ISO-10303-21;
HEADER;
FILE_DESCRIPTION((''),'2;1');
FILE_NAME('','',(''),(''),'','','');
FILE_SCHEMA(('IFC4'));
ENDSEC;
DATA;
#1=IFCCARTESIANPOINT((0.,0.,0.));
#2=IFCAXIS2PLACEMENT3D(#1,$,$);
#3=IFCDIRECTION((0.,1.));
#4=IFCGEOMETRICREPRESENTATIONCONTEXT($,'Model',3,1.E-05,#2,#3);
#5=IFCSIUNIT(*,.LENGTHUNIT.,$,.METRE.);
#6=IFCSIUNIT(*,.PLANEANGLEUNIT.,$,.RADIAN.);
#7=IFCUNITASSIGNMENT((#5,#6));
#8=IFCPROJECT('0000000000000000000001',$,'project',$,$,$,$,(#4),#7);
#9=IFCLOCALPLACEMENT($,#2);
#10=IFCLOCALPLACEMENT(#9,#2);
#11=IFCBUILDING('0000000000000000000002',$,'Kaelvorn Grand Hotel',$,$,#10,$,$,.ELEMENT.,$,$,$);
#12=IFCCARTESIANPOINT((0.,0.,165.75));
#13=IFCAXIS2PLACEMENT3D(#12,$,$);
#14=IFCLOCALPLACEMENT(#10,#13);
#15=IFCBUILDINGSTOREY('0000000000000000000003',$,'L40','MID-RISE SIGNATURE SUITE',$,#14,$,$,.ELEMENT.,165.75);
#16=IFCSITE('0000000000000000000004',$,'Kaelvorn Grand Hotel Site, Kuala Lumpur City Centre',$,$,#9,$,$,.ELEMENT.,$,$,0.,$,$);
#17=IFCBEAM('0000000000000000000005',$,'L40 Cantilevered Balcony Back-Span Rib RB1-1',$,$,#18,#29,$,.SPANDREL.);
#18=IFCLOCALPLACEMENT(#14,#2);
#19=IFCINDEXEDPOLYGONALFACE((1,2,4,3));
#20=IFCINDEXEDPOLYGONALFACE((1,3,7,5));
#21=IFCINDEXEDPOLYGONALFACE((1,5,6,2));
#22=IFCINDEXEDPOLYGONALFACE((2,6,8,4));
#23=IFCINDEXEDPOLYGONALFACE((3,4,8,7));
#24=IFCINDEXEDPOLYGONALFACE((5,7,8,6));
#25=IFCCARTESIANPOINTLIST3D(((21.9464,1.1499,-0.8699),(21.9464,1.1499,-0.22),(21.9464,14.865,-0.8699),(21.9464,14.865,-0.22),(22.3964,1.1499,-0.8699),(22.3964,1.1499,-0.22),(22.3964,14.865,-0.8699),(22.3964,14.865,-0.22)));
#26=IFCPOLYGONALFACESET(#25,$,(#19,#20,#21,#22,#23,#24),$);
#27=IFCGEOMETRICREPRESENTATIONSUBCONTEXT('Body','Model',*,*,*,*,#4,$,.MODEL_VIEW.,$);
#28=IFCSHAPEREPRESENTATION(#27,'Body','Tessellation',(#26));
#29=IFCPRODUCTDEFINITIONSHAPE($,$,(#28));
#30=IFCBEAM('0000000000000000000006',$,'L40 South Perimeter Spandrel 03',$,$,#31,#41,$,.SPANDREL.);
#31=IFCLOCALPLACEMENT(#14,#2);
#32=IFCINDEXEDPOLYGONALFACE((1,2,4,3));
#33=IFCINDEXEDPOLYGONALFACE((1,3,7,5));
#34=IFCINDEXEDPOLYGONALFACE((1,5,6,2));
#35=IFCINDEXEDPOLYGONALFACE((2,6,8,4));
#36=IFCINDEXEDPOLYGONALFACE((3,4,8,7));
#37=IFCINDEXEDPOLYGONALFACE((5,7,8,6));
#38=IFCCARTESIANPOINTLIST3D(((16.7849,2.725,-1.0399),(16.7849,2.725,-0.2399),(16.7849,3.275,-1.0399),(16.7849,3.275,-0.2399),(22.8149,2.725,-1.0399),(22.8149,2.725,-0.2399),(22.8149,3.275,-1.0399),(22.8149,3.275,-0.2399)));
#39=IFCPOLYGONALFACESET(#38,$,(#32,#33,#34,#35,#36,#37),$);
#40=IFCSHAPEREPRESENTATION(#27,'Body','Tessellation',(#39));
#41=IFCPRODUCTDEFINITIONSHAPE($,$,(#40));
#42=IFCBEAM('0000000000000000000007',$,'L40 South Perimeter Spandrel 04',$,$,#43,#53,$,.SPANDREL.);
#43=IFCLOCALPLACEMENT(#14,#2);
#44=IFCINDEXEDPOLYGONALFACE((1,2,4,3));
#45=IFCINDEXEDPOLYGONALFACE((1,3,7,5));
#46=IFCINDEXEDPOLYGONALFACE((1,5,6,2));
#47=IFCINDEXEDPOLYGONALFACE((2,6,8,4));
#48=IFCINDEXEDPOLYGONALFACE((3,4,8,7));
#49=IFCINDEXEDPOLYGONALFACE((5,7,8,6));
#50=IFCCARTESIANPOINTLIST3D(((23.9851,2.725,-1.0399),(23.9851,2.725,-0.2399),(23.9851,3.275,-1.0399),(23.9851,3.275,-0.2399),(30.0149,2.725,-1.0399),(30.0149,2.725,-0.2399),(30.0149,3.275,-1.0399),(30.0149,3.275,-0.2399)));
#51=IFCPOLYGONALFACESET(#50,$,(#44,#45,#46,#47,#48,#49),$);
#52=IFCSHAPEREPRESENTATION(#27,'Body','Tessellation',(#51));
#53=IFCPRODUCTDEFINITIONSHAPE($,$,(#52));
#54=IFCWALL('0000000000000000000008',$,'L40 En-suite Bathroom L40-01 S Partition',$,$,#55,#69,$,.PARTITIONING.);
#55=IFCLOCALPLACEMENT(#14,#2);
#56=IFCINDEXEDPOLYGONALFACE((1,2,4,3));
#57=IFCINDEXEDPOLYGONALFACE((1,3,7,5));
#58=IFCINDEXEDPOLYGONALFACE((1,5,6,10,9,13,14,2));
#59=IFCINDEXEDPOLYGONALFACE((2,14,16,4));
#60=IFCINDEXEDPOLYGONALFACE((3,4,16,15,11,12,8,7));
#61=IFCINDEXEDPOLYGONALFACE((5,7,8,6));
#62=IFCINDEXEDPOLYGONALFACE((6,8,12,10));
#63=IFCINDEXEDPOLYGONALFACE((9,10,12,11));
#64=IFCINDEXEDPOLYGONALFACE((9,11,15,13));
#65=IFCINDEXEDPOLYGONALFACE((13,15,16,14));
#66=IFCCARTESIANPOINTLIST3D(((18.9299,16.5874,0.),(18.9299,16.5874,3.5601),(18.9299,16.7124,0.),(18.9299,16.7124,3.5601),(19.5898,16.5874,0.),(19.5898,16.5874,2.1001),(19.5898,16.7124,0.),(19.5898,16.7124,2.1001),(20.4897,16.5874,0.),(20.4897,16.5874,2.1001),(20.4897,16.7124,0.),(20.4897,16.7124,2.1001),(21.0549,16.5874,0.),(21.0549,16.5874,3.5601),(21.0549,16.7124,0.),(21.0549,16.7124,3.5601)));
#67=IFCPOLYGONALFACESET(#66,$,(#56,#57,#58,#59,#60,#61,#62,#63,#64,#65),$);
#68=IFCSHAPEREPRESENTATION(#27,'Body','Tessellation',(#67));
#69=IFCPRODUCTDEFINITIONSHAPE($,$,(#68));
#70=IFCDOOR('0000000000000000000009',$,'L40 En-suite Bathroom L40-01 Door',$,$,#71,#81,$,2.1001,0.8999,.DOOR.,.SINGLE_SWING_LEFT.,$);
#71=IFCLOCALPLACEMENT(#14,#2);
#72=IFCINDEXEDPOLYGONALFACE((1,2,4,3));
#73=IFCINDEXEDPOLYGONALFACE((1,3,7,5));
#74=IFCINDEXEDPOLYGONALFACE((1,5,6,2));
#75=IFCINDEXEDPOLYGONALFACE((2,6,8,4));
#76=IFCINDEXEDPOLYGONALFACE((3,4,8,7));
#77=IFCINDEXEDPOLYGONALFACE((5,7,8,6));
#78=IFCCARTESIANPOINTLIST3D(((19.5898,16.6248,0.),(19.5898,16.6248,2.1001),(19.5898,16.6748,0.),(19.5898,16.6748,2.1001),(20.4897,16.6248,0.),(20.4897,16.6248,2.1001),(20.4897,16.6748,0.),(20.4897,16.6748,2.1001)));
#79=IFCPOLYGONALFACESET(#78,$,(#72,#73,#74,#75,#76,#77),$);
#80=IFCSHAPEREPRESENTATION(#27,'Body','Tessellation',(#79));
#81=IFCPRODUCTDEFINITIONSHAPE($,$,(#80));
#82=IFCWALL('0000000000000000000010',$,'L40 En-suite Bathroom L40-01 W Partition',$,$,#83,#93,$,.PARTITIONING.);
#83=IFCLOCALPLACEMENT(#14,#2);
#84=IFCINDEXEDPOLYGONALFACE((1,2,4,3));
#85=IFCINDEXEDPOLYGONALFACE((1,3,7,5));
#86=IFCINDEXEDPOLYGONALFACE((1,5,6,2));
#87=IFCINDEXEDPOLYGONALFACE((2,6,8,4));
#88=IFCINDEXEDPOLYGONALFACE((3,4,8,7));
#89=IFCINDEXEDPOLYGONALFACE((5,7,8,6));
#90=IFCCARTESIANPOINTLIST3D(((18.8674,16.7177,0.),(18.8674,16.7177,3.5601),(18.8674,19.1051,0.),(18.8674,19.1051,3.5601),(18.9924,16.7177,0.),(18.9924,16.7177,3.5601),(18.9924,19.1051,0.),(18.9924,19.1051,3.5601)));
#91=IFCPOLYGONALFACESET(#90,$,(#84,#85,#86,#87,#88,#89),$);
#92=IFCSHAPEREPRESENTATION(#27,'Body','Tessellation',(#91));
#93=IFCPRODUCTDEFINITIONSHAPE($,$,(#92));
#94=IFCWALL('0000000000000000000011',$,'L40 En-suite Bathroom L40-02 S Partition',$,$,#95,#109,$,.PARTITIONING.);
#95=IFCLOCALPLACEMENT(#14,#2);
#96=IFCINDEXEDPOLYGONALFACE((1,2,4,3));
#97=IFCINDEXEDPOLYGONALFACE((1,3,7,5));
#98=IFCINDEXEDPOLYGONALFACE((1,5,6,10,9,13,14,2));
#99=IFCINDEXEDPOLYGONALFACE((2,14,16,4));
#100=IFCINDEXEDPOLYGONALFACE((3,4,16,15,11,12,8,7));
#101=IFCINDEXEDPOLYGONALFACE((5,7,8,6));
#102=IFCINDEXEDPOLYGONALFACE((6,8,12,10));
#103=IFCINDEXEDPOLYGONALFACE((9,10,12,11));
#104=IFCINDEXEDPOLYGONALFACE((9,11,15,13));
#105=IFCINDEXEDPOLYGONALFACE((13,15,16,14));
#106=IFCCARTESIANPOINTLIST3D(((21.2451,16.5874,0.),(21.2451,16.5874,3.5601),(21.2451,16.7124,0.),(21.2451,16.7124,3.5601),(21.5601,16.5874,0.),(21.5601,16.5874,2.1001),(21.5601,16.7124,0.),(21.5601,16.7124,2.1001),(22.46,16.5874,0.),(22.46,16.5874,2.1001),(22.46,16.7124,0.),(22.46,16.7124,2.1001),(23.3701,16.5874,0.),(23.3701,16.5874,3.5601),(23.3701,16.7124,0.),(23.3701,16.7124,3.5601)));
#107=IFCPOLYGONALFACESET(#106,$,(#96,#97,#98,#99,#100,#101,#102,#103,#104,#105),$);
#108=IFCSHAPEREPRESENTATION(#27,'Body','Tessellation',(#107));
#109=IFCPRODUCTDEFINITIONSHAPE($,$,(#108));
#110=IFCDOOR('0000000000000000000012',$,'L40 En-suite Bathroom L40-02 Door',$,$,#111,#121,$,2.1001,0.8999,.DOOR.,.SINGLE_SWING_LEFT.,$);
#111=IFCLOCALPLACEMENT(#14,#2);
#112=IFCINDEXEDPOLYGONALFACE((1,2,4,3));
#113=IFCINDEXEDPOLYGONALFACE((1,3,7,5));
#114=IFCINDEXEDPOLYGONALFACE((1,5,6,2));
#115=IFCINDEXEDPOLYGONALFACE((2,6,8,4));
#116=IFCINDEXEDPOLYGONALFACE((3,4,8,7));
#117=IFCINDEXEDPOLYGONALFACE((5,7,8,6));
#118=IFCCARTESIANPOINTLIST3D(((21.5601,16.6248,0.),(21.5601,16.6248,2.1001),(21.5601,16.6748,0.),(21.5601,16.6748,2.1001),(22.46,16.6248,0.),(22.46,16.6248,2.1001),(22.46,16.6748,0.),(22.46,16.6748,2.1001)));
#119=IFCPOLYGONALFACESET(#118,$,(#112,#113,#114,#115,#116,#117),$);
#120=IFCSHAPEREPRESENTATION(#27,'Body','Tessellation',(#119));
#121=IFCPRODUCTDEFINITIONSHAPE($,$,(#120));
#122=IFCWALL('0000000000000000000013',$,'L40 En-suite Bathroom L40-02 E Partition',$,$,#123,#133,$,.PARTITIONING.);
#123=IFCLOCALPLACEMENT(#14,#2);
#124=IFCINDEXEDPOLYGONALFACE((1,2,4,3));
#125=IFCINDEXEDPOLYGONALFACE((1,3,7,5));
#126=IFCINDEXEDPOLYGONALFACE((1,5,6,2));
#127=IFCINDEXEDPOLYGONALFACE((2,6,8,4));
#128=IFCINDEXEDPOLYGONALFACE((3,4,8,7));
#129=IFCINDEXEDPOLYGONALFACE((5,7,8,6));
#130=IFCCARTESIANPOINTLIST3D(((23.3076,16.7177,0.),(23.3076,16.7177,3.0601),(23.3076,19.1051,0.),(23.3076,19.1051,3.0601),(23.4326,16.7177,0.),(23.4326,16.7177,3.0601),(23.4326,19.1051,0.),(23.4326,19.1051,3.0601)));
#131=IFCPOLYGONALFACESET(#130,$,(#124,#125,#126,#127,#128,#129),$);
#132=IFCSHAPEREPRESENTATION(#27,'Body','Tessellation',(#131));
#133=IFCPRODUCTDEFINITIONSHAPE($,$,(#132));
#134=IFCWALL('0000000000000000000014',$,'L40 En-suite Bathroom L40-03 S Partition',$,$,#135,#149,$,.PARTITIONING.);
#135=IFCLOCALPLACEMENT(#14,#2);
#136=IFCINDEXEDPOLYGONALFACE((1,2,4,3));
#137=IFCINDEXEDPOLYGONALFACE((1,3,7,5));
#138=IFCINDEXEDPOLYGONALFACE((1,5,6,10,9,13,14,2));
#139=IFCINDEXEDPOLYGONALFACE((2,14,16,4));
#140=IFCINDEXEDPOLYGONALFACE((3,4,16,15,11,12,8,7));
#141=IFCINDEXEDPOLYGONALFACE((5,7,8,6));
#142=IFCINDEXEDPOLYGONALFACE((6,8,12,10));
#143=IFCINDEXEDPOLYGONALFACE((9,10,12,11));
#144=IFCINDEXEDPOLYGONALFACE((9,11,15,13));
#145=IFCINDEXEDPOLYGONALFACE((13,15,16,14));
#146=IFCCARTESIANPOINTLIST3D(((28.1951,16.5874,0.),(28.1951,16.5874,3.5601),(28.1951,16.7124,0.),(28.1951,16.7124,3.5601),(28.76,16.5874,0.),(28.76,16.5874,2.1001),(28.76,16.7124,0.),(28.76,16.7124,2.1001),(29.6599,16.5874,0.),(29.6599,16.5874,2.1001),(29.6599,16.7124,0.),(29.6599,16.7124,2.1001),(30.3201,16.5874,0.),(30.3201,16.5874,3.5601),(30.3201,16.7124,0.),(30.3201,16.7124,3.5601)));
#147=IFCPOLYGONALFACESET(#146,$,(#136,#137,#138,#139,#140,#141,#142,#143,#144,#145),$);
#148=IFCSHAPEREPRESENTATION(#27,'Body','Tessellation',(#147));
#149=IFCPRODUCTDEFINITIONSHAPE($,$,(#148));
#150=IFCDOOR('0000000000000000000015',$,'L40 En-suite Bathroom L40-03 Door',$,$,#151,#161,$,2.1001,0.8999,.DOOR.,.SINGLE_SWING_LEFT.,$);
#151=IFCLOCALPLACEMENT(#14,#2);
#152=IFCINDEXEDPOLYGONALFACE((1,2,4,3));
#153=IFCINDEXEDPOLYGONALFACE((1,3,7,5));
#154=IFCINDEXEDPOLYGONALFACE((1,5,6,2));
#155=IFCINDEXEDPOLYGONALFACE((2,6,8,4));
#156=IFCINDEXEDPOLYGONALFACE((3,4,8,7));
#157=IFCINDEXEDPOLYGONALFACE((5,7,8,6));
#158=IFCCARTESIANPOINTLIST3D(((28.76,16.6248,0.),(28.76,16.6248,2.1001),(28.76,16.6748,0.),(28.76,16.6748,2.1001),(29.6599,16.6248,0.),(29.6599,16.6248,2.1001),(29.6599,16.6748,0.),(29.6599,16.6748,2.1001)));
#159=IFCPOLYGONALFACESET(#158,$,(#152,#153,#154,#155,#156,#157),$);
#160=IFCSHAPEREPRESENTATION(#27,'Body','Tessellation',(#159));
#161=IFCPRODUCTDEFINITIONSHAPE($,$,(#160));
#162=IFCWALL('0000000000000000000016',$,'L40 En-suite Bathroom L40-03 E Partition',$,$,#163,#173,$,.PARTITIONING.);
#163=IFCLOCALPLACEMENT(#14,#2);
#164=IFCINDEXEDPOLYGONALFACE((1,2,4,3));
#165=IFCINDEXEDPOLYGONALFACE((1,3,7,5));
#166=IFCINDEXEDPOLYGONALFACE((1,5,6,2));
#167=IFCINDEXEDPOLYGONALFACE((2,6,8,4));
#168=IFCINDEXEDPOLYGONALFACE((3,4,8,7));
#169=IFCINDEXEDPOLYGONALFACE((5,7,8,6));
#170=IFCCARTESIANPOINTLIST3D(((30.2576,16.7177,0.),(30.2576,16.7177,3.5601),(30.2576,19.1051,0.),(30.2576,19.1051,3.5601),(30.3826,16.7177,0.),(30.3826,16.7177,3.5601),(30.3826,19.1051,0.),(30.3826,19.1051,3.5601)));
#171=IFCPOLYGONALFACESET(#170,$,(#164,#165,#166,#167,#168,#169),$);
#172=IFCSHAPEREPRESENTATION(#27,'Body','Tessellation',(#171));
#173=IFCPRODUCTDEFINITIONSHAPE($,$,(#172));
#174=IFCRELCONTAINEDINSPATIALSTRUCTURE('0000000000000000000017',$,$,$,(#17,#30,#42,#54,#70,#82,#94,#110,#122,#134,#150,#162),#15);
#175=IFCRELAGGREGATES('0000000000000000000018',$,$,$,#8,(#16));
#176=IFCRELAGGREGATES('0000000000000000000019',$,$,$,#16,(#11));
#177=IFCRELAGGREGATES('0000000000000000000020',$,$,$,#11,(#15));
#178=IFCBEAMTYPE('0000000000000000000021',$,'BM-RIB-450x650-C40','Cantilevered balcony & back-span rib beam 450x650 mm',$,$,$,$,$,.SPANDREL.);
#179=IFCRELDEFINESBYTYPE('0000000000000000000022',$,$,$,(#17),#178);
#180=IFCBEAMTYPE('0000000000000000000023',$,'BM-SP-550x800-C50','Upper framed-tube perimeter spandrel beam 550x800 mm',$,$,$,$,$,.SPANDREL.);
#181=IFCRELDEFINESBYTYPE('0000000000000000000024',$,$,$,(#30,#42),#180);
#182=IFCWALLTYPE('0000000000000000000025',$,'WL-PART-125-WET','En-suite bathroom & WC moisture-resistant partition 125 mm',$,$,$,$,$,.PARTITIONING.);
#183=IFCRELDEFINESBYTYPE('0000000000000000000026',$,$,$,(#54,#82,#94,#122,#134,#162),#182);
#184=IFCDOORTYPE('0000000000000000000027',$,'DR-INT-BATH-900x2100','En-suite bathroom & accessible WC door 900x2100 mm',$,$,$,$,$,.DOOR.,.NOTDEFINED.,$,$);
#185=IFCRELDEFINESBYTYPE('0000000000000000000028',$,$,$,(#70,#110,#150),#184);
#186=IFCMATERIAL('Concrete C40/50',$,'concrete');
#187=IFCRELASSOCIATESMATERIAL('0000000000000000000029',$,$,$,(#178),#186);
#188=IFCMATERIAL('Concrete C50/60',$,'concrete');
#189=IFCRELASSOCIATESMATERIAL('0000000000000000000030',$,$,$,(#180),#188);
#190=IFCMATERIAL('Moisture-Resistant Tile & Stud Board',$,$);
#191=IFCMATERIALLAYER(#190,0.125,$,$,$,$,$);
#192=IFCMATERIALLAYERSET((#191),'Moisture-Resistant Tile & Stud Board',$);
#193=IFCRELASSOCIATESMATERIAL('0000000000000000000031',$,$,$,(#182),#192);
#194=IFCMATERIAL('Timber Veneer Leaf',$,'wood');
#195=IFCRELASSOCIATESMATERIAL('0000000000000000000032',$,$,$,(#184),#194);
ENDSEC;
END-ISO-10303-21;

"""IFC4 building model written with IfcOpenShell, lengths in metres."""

from ifc_helpers import new_model, si_unit, direction, frame, frame_2d, origin, origin_2d, place, context, subcontext, project, spatial, rectangle, extrude, material, layer, layer_set, material_profile, profile_set, type_object, element, fill, save


model = new_model("IFC4")

# Units and contexts
model_context = context("Model", 3, precision=1e-05, world=origin(), true_north=direction((0.0, 1.0)))
body_context = subcontext(model_context, "Body", "Model", "MODEL_VIEW")
ifc_project = project(units=[si_unit("LENGTHUNIT", "METRE"), si_unit("PLANEANGLEUNIT", "RADIAN")], contexts=[model_context])

# Site, building, storey
site_placement = place(None, origin())
site = spatial("IfcSite", under=ifc_project, at=site_placement, Name="Kaelvorn Grand Hotel Site, Kuala Lumpur City Centre", CompositionType="ELEMENT", RefElevation=0.0)
building_placement = place(site_placement, origin())
building = spatial("IfcBuilding", under=site, at=building_placement, Name="Kaelvorn Grand Hotel", CompositionType="ELEMENT")
storey_placement = place(building_placement, frame((0.0, 0.0, 165.75)))
storey = spatial("IfcBuildingStorey", under=building, at=storey_placement, Name="L40", Description="MID-RISE SIGNATURE SUITE", CompositionType="ELEMENT", Elevation=165.75)

# Beams
ifc_material_1 = material(Name="Concrete C40/50", Category="concrete")
ifc_material_profile_1 = material_profile(ifc_material_1, rectangle(XDim=0.45, YDim=0.6499, at=origin_2d()), Name="RC RIB 450x650")
ifc_profile_set_1 = profile_set([ifc_material_profile_1], Name="Concrete C40/50")
beam_type_1 = type_object("IfcBeamType", Name="BM-RIB-450x650-C40", Description="Cantilevered balcony & back-span rib beam 450x650 mm", PredefinedType="SPANDREL", material=ifc_profile_set_1)
beam_1_placement = place(storey_placement, frame((22.1714, 1.1499, -0.5449), z_axis=(0.0, 1.0, 0.0), x_axis=(-1.0, 0.0, 0.0)))
element("IfcBeam", 1, at=beam_1_placement, inside=storey, type_object=beam_type_1, Name="L40 Cantilevered Balcony Back-Span Rib RB1-1", PredefinedType="SPANDREL", context=body_context, shape_type="SweptSolid", body=[
    extrude(rectangle(XDim=0.45, YDim=0.6499, at=origin_2d()), origin(), (0.0, 0.0, 1.0), 13.7151),
])
ifc_material_2 = material(Name="Concrete C50/60", Category="concrete")
ifc_material_profile_2 = material_profile(ifc_material_2, rectangle(XDim=0.55, YDim=0.8, at=origin_2d()), Name="RC SPANDREL 550x800")
ifc_profile_set_2 = profile_set([ifc_material_profile_2], Name="Concrete C50/60")
beam_type_2 = type_object("IfcBeamType", Name="BM-SP-550x800-C50", Description="Upper framed-tube perimeter spandrel beam 550x800 mm", PredefinedType="SPANDREL", material=ifc_profile_set_2)
beam_2_placement = place(storey_placement, frame((16.7849, 3.0, -0.6399), z_axis=(1.0, 0.0, 0.0), x_axis=(0.0, 1.0, 0.0)))
element("IfcBeam", 2, at=beam_2_placement, inside=storey, type_object=beam_type_2, Name="L40 South Perimeter Spandrel 03", PredefinedType="SPANDREL", context=body_context, shape_type="SweptSolid", body=[
    extrude(rectangle(XDim=0.55, YDim=0.8, at=origin_2d()), origin(), (0.0, 0.0, 1.0), 6.03),
])
beam_3_placement = place(storey_placement, frame((23.9851, 3.0, -0.6399), z_axis=(1.0, 0.0, 0.0), x_axis=(0.0, 1.0, 0.0)))
element("IfcBeam", 3, at=beam_3_placement, inside=storey, type_object=beam_type_2, Name="L40 South Perimeter Spandrel 04", PredefinedType="SPANDREL", context=body_context, shape_type="SweptSolid", body=[
    extrude(rectangle(XDim=0.55, YDim=0.8, at=origin_2d()), origin(), (0.0, 0.0, 1.0), 6.0298),
])

# Wall, opening, door
ifc_material_3 = material(Name="Moisture-Resistant Tile & Stud Board")
ifc_layer_1 = layer(ifc_material_3, 0.125)
ifc_layer_set_1 = layer_set([ifc_layer_1], Name="Moisture-Resistant Tile & Stud Board")
wall_type_1 = type_object("IfcWallType", Name="WL-PART-125-WET", Description="En-suite bathroom & WC moisture-resistant partition 125 mm", PredefinedType="PARTITIONING", material=ifc_layer_set_1)
wall_1_placement = place(storey_placement, frame((18.9299, 16.6499, 0.0), z_axis=(0.0, 0.0, 1.0), x_axis=(1.0, 0.0, 0.0)))
wall_1 = element("IfcWall", 4, at=wall_1_placement, inside=storey, type_object=wall_type_1, Name="L40 En-suite Bathroom L40-01 S Partition", PredefinedType="PARTITIONING", context=body_context, shape_type="SweptSolid", body=[
    extrude(rectangle(XDim=2.125, YDim=0.125, at=frame_2d((1.0625, 0.0))), origin(), (0.0, 0.0, 1.0), 3.5601),
])
opening_1_placement = place(wall_1_placement, frame((0.6599, 0.0, 0.0)))
opening_1 = element("IfcOpeningElement", 5, at=opening_1_placement, cuts=wall_1, PredefinedType="OPENING", context=body_context, shape_type="SweptSolid", body=[
    extrude(rectangle(XDim=0.8999, YDim=2.1001, at=frame_2d((0.45, 1.05))), frame((0.0, 0.0725, 0.0), z_axis=(0.0, -1.0, 0.0), x_axis=(1.0, 0.0, 0.0)), (0.0, 0.0, 1.0), 0.145),
])
ifc_material_4 = material(Name="Timber Veneer Leaf", Category="wood")
door_type_1 = type_object("IfcDoorType", Name="DR-INT-BATH-900x2100", Description="En-suite bathroom & accessible WC door 900x2100 mm", OperationType="NOTDEFINED", PredefinedType="DOOR", material=ifc_material_4)
door_1_placement = place(opening_1_placement, origin())
door_1 = element("IfcDoor", 6, at=door_1_placement, inside=storey, type_object=door_type_1, Name="L40 En-suite Bathroom L40-01 Door", OperationType="SINGLE_SWING_LEFT", OverallHeight=2.1001, OverallWidth=0.8999, PredefinedType="DOOR", context=body_context, shape_type="SweptSolid", body=[
    extrude(rectangle(XDim=0.8999, YDim=2.1001, at=frame_2d((0.45, 1.05))), frame((0.0, 0.0249, 0.0), z_axis=(0.0, -1.0, 0.0), x_axis=(1.0, 0.0, 0.0)), (0.0, 0.0, 1.0), 0.05),
])
fill(opening_1, door_1)

# Wall
wall_2_placement = place(storey_placement, frame((18.9299, 16.7175, 0.0), z_axis=(0.0, 0.0, 1.0), x_axis=(0.0, 1.0, 0.0)))
element("IfcWall", 7, at=wall_2_placement, inside=storey, type_object=wall_type_1, Name="L40 En-suite Bathroom L40-01 W Partition", PredefinedType="PARTITIONING", context=body_context, shape_type="SweptSolid", body=[
    extrude(rectangle(XDim=2.3875, YDim=0.125, at=frame_2d((1.1938, 0.0))), origin(), (0.0, 0.0, 1.0), 3.5601),
])

# Wall, opening, door
wall_3_placement = place(storey_placement, frame((21.2451, 16.6499, 0.0), z_axis=(0.0, 0.0, 1.0), x_axis=(1.0, 0.0, 0.0)))
wall_3 = element("IfcWall", 8, at=wall_3_placement, inside=storey, type_object=wall_type_1, Name="L40 En-suite Bathroom L40-02 S Partition", PredefinedType="PARTITIONING", context=body_context, shape_type="SweptSolid", body=[
    extrude(rectangle(XDim=2.125, YDim=0.125, at=frame_2d((1.0625, 0.0))), origin(), (0.0, 0.0, 1.0), 3.5601),
])
opening_2_placement = place(wall_3_placement, frame((0.3149, 0.0, 0.0)))
opening_2 = element("IfcOpeningElement", 9, at=opening_2_placement, cuts=wall_3, PredefinedType="OPENING", context=body_context, shape_type="SweptSolid", body=[
    extrude(rectangle(XDim=0.8999, YDim=2.1001, at=frame_2d((0.45, 1.05))), frame((0.0, 0.0725, 0.0), z_axis=(0.0, -1.0, 0.0), x_axis=(1.0, 0.0, 0.0)), (0.0, 0.0, 1.0), 0.145),
])
door_2_placement = place(opening_2_placement, origin())
door_2 = element("IfcDoor", 10, at=door_2_placement, inside=storey, type_object=door_type_1, Name="L40 En-suite Bathroom L40-02 Door", OperationType="SINGLE_SWING_LEFT", OverallHeight=2.1001, OverallWidth=0.8999, PredefinedType="DOOR", context=body_context, shape_type="SweptSolid", body=[
    extrude(rectangle(XDim=0.8999, YDim=2.1001, at=frame_2d((0.45, 1.05))), frame((0.0, 0.0249, 0.0), z_axis=(0.0, -1.0, 0.0), x_axis=(1.0, 0.0, 0.0)), (0.0, 0.0, 1.0), 0.05),
])
fill(opening_2, door_2)

# Wall
wall_4_placement = place(storey_placement, frame((23.3701, 16.7175, 0.0), z_axis=(0.0, 0.0, 1.0), x_axis=(0.0, 1.0, 0.0)))
element("IfcWall", 11, at=wall_4_placement, inside=storey, type_object=wall_type_1, Name="L40 En-suite Bathroom L40-02 E Partition", PredefinedType="PARTITIONING", context=body_context, shape_type="SweptSolid", body=[
    extrude(rectangle(XDim=2.3875, YDim=0.125, at=frame_2d((1.1938, 0.0))), origin(), (0.0, 0.0, 1.0), 3.0601),
])

# Wall, opening, door
wall_5_placement = place(storey_placement, frame((28.1951, 16.6499, 0.0), z_axis=(0.0, 0.0, 1.0), x_axis=(1.0, 0.0, 0.0)))
wall_5 = element("IfcWall", 12, at=wall_5_placement, inside=storey, type_object=wall_type_1, Name="L40 En-suite Bathroom L40-03 S Partition", PredefinedType="PARTITIONING", context=body_context, shape_type="SweptSolid", body=[
    extrude(rectangle(XDim=2.125, YDim=0.125, at=frame_2d((1.0625, 0.0))), origin(), (0.0, 0.0, 1.0), 3.5601),
])
opening_3_placement = place(wall_5_placement, frame((0.5649, 0.0, 0.0)))
opening_3 = element("IfcOpeningElement", 13, at=opening_3_placement, cuts=wall_5, PredefinedType="OPENING", context=body_context, shape_type="SweptSolid", body=[
    extrude(rectangle(XDim=0.8999, YDim=2.1001, at=frame_2d((0.45, 1.05))), frame((0.0, 0.0725, 0.0), z_axis=(0.0, -1.0, 0.0), x_axis=(1.0, 0.0, 0.0)), (0.0, 0.0, 1.0), 0.145),
])
door_3_placement = place(opening_3_placement, origin())
door_3 = element("IfcDoor", 14, at=door_3_placement, inside=storey, type_object=door_type_1, Name="L40 En-suite Bathroom L40-03 Door", OperationType="SINGLE_SWING_LEFT", OverallHeight=2.1001, OverallWidth=0.8999, PredefinedType="DOOR", context=body_context, shape_type="SweptSolid", body=[
    extrude(rectangle(XDim=0.8999, YDim=2.1001, at=frame_2d((0.45, 1.05))), frame((0.0, 0.0249, 0.0), z_axis=(0.0, -1.0, 0.0), x_axis=(1.0, 0.0, 0.0)), (0.0, 0.0, 1.0), 0.05),
])
fill(opening_3, door_3)

# Wall
wall_6_placement = place(storey_placement, frame((30.3201, 16.7175, 0.0), z_axis=(0.0, 0.0, 1.0), x_axis=(0.0, 1.0, 0.0)))
element("IfcWall", 15, at=wall_6_placement, inside=storey, type_object=wall_type_1, Name="L40 En-suite Bathroom L40-03 E Partition", PredefinedType="PARTITIONING", context=body_context, shape_type="SweptSolid", body=[
    extrude(rectangle(XDim=2.3875, YDim=0.125, at=frame_2d((1.1938, 0.0))), origin(), (0.0, 0.0, 1.0), 3.5601),
])

save(model, "model.ifc")
